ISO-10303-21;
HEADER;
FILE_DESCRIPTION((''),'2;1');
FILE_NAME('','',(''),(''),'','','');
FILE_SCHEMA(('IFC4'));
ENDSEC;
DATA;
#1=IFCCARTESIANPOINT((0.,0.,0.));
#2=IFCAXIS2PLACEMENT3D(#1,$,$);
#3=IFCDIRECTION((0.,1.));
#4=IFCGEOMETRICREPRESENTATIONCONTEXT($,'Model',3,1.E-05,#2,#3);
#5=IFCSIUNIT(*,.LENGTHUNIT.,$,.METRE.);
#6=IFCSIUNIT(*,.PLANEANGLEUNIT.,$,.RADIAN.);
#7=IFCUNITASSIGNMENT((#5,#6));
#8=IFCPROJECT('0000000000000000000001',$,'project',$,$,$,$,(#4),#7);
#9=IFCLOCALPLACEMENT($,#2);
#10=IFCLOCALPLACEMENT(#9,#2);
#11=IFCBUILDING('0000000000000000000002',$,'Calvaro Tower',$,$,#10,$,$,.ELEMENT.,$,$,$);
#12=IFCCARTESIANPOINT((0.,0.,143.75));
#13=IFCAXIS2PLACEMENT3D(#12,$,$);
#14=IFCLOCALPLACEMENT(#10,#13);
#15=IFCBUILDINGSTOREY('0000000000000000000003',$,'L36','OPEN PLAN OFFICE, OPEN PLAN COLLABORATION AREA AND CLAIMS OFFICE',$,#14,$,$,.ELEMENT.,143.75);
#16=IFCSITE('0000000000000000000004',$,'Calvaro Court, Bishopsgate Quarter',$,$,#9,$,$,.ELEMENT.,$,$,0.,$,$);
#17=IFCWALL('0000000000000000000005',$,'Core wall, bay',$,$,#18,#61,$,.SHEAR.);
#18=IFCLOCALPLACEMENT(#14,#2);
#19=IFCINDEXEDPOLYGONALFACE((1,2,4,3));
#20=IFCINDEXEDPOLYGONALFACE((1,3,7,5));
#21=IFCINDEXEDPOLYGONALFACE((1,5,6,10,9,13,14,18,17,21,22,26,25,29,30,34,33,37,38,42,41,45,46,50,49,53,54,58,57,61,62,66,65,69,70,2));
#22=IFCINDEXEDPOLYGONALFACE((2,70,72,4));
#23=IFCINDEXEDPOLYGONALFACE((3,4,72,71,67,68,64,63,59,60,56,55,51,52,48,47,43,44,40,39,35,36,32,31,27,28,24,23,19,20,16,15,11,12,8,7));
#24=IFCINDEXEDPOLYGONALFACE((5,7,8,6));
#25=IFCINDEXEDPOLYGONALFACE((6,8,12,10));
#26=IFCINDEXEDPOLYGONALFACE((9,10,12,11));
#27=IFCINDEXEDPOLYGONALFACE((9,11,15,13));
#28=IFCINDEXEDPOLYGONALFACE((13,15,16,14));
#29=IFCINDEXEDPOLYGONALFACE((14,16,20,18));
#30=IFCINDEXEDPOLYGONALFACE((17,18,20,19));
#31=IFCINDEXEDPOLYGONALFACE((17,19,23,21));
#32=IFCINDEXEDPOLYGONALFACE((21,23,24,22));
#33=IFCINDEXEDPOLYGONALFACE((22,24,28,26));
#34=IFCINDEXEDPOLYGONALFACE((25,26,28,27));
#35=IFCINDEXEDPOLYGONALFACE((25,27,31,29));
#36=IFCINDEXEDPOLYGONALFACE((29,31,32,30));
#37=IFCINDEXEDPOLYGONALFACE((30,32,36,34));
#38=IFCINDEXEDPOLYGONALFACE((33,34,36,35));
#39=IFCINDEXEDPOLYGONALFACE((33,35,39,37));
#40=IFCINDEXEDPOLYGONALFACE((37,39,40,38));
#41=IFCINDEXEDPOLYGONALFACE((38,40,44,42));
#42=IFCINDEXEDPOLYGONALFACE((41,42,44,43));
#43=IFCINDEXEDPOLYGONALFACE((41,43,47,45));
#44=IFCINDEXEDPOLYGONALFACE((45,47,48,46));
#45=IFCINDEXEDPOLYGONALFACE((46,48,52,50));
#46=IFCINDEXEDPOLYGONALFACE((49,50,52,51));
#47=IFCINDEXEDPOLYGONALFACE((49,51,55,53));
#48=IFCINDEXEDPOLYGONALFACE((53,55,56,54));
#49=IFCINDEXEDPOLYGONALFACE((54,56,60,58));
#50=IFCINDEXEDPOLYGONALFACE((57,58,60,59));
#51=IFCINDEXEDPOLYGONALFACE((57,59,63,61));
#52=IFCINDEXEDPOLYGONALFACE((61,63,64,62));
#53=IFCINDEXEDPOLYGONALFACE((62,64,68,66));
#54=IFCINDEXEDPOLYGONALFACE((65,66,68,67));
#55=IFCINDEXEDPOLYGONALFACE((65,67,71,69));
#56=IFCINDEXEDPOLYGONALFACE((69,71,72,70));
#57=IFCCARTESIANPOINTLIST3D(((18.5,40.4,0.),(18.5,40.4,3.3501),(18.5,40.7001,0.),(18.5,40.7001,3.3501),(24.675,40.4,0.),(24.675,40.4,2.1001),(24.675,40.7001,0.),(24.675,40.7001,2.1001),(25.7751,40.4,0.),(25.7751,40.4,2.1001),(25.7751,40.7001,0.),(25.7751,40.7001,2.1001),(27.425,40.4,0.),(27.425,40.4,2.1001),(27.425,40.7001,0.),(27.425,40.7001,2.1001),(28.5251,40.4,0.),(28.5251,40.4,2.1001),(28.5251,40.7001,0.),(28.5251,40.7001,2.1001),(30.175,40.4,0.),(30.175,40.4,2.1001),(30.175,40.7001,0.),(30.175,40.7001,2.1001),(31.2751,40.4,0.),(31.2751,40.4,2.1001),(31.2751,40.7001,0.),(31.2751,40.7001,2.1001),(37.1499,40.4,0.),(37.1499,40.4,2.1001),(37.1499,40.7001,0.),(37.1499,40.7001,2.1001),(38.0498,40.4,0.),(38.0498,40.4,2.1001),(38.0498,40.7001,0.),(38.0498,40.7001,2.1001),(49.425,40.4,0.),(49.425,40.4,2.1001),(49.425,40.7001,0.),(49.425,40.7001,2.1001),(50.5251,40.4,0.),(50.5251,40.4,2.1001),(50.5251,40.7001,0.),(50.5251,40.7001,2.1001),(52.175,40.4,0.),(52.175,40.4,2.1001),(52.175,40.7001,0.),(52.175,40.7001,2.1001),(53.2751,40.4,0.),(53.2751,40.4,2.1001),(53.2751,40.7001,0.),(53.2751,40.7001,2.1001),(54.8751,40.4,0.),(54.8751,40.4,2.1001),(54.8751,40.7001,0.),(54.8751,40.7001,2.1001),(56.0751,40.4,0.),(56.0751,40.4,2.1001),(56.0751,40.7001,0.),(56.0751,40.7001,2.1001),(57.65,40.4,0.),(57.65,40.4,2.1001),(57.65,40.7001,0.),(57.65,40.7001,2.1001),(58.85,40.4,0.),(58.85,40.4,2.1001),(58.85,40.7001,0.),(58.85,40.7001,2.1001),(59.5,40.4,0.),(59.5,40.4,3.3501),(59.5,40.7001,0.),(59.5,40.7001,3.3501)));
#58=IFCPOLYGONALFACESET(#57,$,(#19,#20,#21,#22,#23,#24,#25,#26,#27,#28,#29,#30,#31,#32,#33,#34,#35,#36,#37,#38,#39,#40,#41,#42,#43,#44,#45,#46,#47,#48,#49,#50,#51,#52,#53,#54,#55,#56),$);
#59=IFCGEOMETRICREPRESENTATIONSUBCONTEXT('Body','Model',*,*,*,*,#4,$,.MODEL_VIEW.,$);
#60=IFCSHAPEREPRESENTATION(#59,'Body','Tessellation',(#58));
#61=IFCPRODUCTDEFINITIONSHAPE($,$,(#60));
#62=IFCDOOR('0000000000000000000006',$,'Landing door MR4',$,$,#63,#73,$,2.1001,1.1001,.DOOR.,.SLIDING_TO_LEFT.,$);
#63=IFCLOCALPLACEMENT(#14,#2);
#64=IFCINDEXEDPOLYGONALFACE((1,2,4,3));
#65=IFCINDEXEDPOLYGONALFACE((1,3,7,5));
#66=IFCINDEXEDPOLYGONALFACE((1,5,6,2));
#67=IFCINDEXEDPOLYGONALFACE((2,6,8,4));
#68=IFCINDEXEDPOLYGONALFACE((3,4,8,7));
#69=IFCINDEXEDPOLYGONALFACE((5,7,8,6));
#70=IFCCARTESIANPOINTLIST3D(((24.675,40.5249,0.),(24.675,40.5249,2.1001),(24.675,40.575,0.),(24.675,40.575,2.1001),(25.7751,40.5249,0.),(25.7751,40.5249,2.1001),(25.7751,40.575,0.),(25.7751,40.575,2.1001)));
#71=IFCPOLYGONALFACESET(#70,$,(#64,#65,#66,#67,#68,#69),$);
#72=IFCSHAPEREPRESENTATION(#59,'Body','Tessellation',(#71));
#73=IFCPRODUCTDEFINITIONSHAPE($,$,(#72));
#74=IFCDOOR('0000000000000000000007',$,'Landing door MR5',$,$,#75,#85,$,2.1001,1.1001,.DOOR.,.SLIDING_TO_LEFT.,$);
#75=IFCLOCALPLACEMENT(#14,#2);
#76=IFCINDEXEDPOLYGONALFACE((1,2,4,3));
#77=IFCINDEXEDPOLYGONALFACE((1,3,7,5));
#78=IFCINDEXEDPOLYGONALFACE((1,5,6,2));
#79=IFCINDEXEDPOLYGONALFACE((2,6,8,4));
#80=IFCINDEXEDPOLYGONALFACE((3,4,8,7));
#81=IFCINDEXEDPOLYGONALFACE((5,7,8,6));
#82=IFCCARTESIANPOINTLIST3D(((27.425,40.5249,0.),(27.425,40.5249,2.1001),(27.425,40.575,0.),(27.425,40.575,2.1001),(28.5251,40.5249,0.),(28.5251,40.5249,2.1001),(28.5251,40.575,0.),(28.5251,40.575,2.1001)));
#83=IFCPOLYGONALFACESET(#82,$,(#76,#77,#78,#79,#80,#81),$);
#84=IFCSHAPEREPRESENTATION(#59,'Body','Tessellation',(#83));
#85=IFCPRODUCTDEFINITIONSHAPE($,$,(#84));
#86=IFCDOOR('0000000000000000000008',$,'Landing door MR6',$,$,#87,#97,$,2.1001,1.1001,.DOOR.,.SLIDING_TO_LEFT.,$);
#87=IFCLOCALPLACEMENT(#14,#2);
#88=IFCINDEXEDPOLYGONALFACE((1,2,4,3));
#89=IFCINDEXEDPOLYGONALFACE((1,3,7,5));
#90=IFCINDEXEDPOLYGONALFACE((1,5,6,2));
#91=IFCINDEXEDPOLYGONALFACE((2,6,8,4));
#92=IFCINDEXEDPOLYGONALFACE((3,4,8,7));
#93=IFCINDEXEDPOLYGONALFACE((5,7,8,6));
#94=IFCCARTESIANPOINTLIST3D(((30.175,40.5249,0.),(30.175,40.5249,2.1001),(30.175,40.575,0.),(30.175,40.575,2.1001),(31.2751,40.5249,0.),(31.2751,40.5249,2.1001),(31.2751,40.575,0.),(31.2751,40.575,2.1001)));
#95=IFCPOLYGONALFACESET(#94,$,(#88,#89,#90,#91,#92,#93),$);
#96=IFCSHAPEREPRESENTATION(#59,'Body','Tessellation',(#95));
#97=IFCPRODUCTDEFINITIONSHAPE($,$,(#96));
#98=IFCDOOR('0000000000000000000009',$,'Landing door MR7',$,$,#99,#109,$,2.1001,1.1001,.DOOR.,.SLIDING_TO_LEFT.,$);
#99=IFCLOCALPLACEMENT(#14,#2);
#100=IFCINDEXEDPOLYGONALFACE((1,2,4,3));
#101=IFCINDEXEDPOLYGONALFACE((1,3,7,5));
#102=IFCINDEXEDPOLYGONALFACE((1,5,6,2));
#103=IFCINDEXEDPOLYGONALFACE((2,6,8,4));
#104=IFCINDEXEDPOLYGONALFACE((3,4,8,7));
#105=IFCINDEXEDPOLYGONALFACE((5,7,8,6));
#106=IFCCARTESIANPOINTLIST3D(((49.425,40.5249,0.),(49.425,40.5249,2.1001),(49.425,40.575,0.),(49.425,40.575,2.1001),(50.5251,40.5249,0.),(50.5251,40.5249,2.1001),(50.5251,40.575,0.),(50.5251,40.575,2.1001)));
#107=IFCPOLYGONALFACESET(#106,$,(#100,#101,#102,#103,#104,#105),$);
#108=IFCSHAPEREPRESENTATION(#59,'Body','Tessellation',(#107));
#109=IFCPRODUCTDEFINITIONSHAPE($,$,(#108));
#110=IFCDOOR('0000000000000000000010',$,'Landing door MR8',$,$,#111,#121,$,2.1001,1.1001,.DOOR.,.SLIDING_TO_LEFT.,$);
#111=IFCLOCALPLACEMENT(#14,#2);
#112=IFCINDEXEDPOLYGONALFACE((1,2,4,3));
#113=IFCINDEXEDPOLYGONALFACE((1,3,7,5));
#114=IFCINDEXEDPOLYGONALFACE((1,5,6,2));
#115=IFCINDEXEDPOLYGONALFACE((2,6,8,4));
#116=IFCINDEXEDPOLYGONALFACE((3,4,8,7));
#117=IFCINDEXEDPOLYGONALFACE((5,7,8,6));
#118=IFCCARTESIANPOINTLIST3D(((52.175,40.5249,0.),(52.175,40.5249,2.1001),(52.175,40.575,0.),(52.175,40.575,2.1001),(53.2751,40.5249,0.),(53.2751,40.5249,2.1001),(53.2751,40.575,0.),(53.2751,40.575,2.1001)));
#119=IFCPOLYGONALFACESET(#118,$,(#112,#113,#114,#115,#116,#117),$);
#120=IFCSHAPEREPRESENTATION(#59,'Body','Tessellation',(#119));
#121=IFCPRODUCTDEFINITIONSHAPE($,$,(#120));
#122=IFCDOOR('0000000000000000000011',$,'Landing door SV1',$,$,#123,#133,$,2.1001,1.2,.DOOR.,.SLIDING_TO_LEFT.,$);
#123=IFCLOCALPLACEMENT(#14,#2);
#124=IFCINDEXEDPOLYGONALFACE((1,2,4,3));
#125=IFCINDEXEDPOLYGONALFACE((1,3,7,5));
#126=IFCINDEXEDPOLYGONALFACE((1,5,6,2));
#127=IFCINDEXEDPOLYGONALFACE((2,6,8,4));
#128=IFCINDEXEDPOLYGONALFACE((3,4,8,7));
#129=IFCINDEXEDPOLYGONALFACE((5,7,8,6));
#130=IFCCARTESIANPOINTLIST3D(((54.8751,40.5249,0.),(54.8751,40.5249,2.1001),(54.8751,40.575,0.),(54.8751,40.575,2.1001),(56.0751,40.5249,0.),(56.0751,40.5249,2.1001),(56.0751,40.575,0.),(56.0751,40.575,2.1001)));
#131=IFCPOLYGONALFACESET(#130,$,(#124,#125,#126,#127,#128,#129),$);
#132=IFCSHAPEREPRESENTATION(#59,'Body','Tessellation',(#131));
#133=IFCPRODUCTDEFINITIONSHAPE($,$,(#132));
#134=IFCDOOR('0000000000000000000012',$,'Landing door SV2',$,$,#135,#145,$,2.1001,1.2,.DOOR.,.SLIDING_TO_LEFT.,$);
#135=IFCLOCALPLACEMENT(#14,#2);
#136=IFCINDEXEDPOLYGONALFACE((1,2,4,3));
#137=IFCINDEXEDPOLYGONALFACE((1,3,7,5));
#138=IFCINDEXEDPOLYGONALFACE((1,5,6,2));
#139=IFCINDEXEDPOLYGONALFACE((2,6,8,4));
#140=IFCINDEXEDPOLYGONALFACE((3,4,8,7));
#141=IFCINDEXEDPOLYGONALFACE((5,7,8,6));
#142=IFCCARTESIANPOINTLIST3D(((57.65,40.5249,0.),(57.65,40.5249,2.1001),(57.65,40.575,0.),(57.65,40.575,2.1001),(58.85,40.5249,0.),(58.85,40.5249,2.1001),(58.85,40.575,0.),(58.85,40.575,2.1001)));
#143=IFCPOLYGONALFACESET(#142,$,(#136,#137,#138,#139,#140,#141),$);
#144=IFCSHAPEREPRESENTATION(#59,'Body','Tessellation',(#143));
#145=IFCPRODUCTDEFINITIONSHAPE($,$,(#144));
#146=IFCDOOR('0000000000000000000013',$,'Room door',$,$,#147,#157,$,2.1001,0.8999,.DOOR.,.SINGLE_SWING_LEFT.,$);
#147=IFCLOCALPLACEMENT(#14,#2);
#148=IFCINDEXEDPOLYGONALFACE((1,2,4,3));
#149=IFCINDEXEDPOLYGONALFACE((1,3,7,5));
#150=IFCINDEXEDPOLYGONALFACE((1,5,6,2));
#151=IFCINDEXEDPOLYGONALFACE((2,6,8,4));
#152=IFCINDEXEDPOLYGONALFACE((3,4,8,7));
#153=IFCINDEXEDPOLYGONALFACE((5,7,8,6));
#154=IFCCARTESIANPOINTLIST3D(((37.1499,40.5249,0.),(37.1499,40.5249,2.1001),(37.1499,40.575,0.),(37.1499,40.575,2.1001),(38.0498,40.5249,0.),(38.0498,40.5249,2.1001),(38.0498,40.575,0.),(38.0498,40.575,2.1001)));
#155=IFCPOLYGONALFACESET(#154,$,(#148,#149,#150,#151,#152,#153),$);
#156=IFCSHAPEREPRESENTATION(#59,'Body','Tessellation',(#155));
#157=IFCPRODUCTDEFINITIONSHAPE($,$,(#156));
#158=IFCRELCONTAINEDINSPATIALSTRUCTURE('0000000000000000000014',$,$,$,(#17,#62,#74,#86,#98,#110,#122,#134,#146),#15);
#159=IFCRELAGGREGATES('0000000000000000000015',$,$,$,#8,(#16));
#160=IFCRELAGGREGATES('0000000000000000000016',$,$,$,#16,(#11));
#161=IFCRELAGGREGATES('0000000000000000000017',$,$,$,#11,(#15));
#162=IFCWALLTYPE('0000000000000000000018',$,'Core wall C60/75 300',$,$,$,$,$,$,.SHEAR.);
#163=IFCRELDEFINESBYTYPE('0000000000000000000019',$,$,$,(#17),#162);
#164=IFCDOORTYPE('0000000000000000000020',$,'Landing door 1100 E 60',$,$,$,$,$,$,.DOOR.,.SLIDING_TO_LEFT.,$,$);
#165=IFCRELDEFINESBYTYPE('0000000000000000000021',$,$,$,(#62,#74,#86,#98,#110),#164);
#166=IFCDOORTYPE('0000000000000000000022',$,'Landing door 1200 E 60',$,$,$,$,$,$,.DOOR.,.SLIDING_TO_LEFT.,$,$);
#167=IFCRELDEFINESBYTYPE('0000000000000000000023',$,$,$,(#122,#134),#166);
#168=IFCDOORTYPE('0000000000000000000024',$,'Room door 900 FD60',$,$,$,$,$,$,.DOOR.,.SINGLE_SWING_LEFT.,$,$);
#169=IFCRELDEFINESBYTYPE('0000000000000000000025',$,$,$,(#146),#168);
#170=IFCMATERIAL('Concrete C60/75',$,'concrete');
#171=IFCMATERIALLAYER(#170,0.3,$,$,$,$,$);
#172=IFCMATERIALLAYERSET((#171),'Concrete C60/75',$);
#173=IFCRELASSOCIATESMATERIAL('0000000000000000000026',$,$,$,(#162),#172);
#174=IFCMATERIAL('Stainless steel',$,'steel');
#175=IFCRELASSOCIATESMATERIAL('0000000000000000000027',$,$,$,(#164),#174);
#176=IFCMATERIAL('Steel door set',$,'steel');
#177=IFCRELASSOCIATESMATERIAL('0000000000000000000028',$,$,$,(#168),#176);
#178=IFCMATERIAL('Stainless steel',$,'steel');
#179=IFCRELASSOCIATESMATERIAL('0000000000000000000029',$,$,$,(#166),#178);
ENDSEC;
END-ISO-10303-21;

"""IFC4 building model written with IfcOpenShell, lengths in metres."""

from ifc_helpers import new_model, si_unit, direction, frame, frame_2d, origin, place, context, subcontext, project, spatial, rectangle, extrude, material, layer, layer_set, type_object, element, fill, save


model = new_model("IFC4")

# Units and contexts
model_context = context("Model", 3, precision=1e-05, world=origin(), true_north=direction((0.0, 1.0)))
body_context = subcontext(model_context, "Body", "Model", "MODEL_VIEW")
ifc_project = project(units=[si_unit("LENGTHUNIT", "METRE"), si_unit("PLANEANGLEUNIT", "RADIAN")], contexts=[model_context])

# Site, building, storey
site_placement = place(None, origin())
site = spatial("IfcSite", under=ifc_project, at=site_placement, Name="Calvaro Court, Bishopsgate Quarter", CompositionType="ELEMENT", RefElevation=0.0)
building_placement = place(site_placement, origin())
building = spatial("IfcBuilding", under=site, at=building_placement, Name="Calvaro Tower", CompositionType="ELEMENT")
storey_placement = place(building_placement, frame((0.0, 0.0, 143.75)))
storey = spatial("IfcBuildingStorey", under=building, at=storey_placement, Name="L36", Description="OPEN PLAN OFFICE, OPEN PLAN COLLABORATION AREA AND CLAIMS OFFICE", CompositionType="ELEMENT", Elevation=143.75)

# Shared definitions
ifc_material_1 = material(Name="Concrete C60/75", Category="concrete")
ifc_layer_1 = layer(ifc_material_1, 0.3)
ifc_layer_set_1 = layer_set([ifc_layer_1], Name="Concrete C60/75")
wall_type_1 = type_object("IfcWallType", Name="Core wall C60/75 300", PredefinedType="SHEAR", material=ifc_layer_set_1)
ifc_material_2 = material(Name="Stainless steel", Category="steel")
door_type_1 = type_object("IfcDoorType", Name="Landing door 1100 E 60", OperationType="SLIDING_TO_LEFT", PredefinedType="DOOR", material=ifc_material_2)
ifc_material_3 = material(Name="Steel door set", Category="steel")
door_type_2 = type_object("IfcDoorType", Name="Room door 900 FD60", OperationType="SINGLE_SWING_LEFT", PredefinedType="DOOR", material=ifc_material_3)

# Wall, openings, doors
wall_1_placement = place(storey_placement, frame((18.5, 40.55, 0.0), z_axis=(0.0, 0.0, 1.0), x_axis=(1.0, 0.0, 0.0)))
wall_1 = element("IfcWall", 1, at=wall_1_placement, inside=storey, type_object=wall_type_1, Name="Core wall, bay", PredefinedType="SHEAR", context=body_context, shape_type="SweptSolid", body=[
    extrude(rectangle(XDim=41.0, YDim=0.3, at=frame_2d((20.5, 0.0))), origin(), (0.0, 0.0, 1.0), 3.3501),
])
opening_1_placement = place(wall_1_placement, frame((18.6499, 0.0, 0.0)))
opening_1 = element("IfcOpeningElement", 2, at=opening_1_placement, cuts=wall_1, PredefinedType="OPENING", context=body_context, shape_type="SweptSolid", body=[
    extrude(rectangle(XDim=0.8999, YDim=2.1001, at=frame_2d((0.45, 1.05))), frame((0.0, 0.1599, 0.0), z_axis=(0.0, -1.0, 0.0), x_axis=(1.0, 0.0, 0.0)), (0.0, 0.0, 1.0), 0.3201),
])
opening_2_placement = place(wall_1_placement, frame((6.175, 0.0, 0.0)))
opening_2 = element("IfcOpeningElement", 3, at=opening_2_placement, cuts=wall_1, PredefinedType="OPENING", context=body_context, shape_type="SweptSolid", body=[
    extrude(rectangle(XDim=1.1001, YDim=2.1001, at=frame_2d((0.55, 1.05))), frame((0.0, 0.1599, 0.0), z_axis=(0.0, -1.0, 0.0), x_axis=(1.0, 0.0, 0.0)), (0.0, 0.0, 1.0), 0.3201),
])
opening_3_placement = place(wall_1_placement, frame((8.925, 0.0, 0.0)))
opening_3 = element("IfcOpeningElement", 4, at=opening_3_placement, cuts=wall_1, PredefinedType="OPENING", context=body_context, shape_type="SweptSolid", body=[
    extrude(rectangle(XDim=1.1001, YDim=2.1001, at=frame_2d((0.55, 1.05))), frame((0.0, 0.1599, 0.0), z_axis=(0.0, -1.0, 0.0), x_axis=(1.0, 0.0, 0.0)), (0.0, 0.0, 1.0), 0.3201),
])
opening_4_placement = place(wall_1_placement, frame((11.675, 0.0, 0.0)))
opening_4 = element("IfcOpeningElement", 5, at=opening_4_placement, cuts=wall_1, PredefinedType="OPENING", context=body_context, shape_type="SweptSolid", body=[
    extrude(rectangle(XDim=1.1001, YDim=2.1001, at=frame_2d((0.55, 1.05))), frame((0.0, 0.1599, 0.0), z_axis=(0.0, -1.0, 0.0), x_axis=(1.0, 0.0, 0.0)), (0.0, 0.0, 1.0), 0.3201),
])
opening_5_placement = place(wall_1_placement, frame((30.925, 0.0, 0.0)))
opening_5 = element("IfcOpeningElement", 6, at=opening_5_placement, cuts=wall_1, PredefinedType="OPENING", context=body_context, shape_type="SweptSolid", body=[
    extrude(rectangle(XDim=1.1001, YDim=2.1001, at=frame_2d((0.55, 1.05))), frame((0.0, 0.1599, 0.0), z_axis=(0.0, -1.0, 0.0), x_axis=(1.0, 0.0, 0.0)), (0.0, 0.0, 1.0), 0.3201),
])
opening_6_placement = place(wall_1_placement, frame((33.675, 0.0, 0.0)))
opening_6 = element("IfcOpeningElement", 7, at=opening_6_placement, cuts=wall_1, PredefinedType="OPENING", context=body_context, shape_type="SweptSolid", body=[
    extrude(rectangle(XDim=1.1001, YDim=2.1001, at=frame_2d((0.55, 1.05))), frame((0.0, 0.1599, 0.0), z_axis=(0.0, -1.0, 0.0), x_axis=(1.0, 0.0, 0.0)), (0.0, 0.0, 1.0), 0.3201),
])
opening_7_placement = place(wall_1_placement, frame((36.375, 0.0, 0.0)))
opening_7 = element("IfcOpeningElement", 8, at=opening_7_placement, cuts=wall_1, PredefinedType="OPENING", context=body_context, shape_type="SweptSolid", body=[
    extrude(rectangle(XDim=1.2, YDim=2.1001, at=frame_2d((0.6001, 1.05))), frame((0.0, 0.1599, 0.0), z_axis=(0.0, -1.0, 0.0), x_axis=(1.0, 0.0, 0.0)), (0.0, 0.0, 1.0), 0.3201),
])
opening_8_placement = place(wall_1_placement, frame((39.1499, 0.0, 0.0)))
opening_8 = element("IfcOpeningElement", 9, at=opening_8_placement, cuts=wall_1, PredefinedType="OPENING", context=body_context, shape_type="SweptSolid", body=[
    extrude(rectangle(XDim=1.2, YDim=2.1001, at=frame_2d((0.6001, 1.05))), frame((0.0, 0.1599, 0.0), z_axis=(0.0, -1.0, 0.0), x_axis=(1.0, 0.0, 0.0)), (0.0, 0.0, 1.0), 0.3201),
])
door_1_placement = place(opening_2_placement, origin())
door_1 = element("IfcDoor", 10, at=door_1_placement, inside=storey, type_object=door_type_1, Name="Landing door MR4", OperationType="SLIDING_TO_LEFT", OverallHeight=2.1001, OverallWidth=1.1001, PredefinedType="DOOR", context=body_context, shape_type="SweptSolid", body=[
    extrude(rectangle(XDim=1.1001, YDim=2.1001, at=frame_2d((0.55, 1.05))), frame((0.0, 0.0249, 0.0), z_axis=(0.0, -1.0, 0.0), x_axis=(1.0, 0.0, 0.0)), (0.0, 0.0, 1.0), 0.05),
])
fill(opening_2, door_1)
door_2_placement = place(opening_3_placement, origin())
door_2 = element("IfcDoor", 11, at=door_2_placement, inside=storey, type_object=door_type_1, Name="Landing door MR5", OperationType="SLIDING_TO_LEFT", OverallHeight=2.1001, OverallWidth=1.1001, PredefinedType="DOOR", context=body_context, shape_type="SweptSolid", body=[
    extrude(rectangle(XDim=1.1001, YDim=2.1001, at=frame_2d((0.55, 1.05))), frame((0.0, 0.0249, 0.0), z_axis=(0.0, -1.0, 0.0), x_axis=(1.0, 0.0, 0.0)), (0.0, 0.0, 1.0), 0.05),
])
fill(opening_3, door_2)
door_3_placement = place(opening_4_placement, origin())
door_3 = element("IfcDoor", 12, at=door_3_placement, inside=storey, type_object=door_type_1, Name="Landing door MR6", OperationType="SLIDING_TO_LEFT", OverallHeight=2.1001, OverallWidth=1.1001, PredefinedType="DOOR", context=body_context, shape_type="SweptSolid", body=[
    extrude(rectangle(XDim=1.1001, YDim=2.1001, at=frame_2d((0.55, 1.05))), frame((0.0, 0.0249, 0.0), z_axis=(0.0, -1.0, 0.0), x_axis=(1.0, 0.0, 0.0)), (0.0, 0.0, 1.0), 0.05),
])
fill(opening_4, door_3)
door_4_placement = place(opening_5_placement, origin())
door_4 = element("IfcDoor", 13, at=door_4_placement, inside=storey, type_object=door_type_1, Name="Landing door MR7", OperationType="SLIDING_TO_LEFT", OverallHeight=2.1001, OverallWidth=1.1001, PredefinedType="DOOR", context=body_context, shape_type="SweptSolid", body=[
    extrude(rectangle(XDim=1.1001, YDim=2.1001, at=frame_2d((0.55, 1.05))), frame((0.0, 0.0249, 0.0), z_axis=(0.0, -1.0, 0.0), x_axis=(1.0, 0.0, 0.0)), (0.0, 0.0, 1.0), 0.05),
])
fill(opening_5, door_4)
door_5_placement = place(opening_6_placement, origin())
door_5 = element("IfcDoor", 14, at=door_5_placement, inside=storey, type_object=door_type_1, Name="Landing door MR8", OperationType="SLIDING_TO_LEFT", OverallHeight=2.1001, OverallWidth=1.1001, PredefinedType="DOOR", context=body_context, shape_type="SweptSolid", body=[
    extrude(rectangle(XDim=1.1001, YDim=2.1001, at=frame_2d((0.55, 1.05))), frame((0.0, 0.0249, 0.0), z_axis=(0.0, -1.0, 0.0), x_axis=(1.0, 0.0, 0.0)), (0.0, 0.0, 1.0), 0.05),
])
fill(opening_6, door_5)
ifc_material_4 = material(Name="Stainless steel", Category="steel")
door_type_3 = type_object("IfcDoorType", Name="Landing door 1200 E 60", OperationType="SLIDING_TO_LEFT", PredefinedType="DOOR", material=ifc_material_4)
door_6_placement = place(opening_7_placement, origin())
door_6 = element("IfcDoor", 15, at=door_6_placement, inside=storey, type_object=door_type_3, Name="Landing door SV1", OperationType="SLIDING_TO_LEFT", OverallHeight=2.1001, OverallWidth=1.2, PredefinedType="DOOR", context=body_context, shape_type="SweptSolid", body=[
    extrude(rectangle(XDim=1.2, YDim=2.1001, at=frame_2d((0.6001, 1.05))), frame((0.0, 0.0249, 0.0), z_axis=(0.0, -1.0, 0.0), x_axis=(1.0, 0.0, 0.0)), (0.0, 0.0, 1.0), 0.05),
])
fill(opening_7, door_6)
door_7_placement = place(opening_8_placement, origin())
door_7 = element("IfcDoor", 16, at=door_7_placement, inside=storey, type_object=door_type_3, Name="Landing door SV2", OperationType="SLIDING_TO_LEFT", OverallHeight=2.1001, OverallWidth=1.2, PredefinedType="DOOR", context=body_context, shape_type="SweptSolid", body=[
    extrude(rectangle(XDim=1.2, YDim=2.1001, at=frame_2d((0.6001, 1.05))), frame((0.0, 0.0249, 0.0), z_axis=(0.0, -1.0, 0.0), x_axis=(1.0, 0.0, 0.0)), (0.0, 0.0, 1.0), 0.05),
])
fill(opening_8, door_7)
door_8_placement = place(opening_1_placement, origin())
door_8 = element("IfcDoor", 17, at=door_8_placement, inside=storey, type_object=door_type_2, Name="Room door", OperationType="SINGLE_SWING_LEFT", OverallHeight=2.1001, OverallWidth=0.8999, PredefinedType="DOOR", context=body_context, shape_type="SweptSolid", body=[
    extrude(rectangle(XDim=0.8999, YDim=2.1001, at=frame_2d((0.45, 1.05))), frame((0.0, 0.0249, 0.0), z_axis=(0.0, -1.0, 0.0), x_axis=(1.0, 0.0, 0.0)), (0.0, 0.0, 1.0), 0.05),
])
fill(opening_1, door_8)

save(model, "model.ifc")
